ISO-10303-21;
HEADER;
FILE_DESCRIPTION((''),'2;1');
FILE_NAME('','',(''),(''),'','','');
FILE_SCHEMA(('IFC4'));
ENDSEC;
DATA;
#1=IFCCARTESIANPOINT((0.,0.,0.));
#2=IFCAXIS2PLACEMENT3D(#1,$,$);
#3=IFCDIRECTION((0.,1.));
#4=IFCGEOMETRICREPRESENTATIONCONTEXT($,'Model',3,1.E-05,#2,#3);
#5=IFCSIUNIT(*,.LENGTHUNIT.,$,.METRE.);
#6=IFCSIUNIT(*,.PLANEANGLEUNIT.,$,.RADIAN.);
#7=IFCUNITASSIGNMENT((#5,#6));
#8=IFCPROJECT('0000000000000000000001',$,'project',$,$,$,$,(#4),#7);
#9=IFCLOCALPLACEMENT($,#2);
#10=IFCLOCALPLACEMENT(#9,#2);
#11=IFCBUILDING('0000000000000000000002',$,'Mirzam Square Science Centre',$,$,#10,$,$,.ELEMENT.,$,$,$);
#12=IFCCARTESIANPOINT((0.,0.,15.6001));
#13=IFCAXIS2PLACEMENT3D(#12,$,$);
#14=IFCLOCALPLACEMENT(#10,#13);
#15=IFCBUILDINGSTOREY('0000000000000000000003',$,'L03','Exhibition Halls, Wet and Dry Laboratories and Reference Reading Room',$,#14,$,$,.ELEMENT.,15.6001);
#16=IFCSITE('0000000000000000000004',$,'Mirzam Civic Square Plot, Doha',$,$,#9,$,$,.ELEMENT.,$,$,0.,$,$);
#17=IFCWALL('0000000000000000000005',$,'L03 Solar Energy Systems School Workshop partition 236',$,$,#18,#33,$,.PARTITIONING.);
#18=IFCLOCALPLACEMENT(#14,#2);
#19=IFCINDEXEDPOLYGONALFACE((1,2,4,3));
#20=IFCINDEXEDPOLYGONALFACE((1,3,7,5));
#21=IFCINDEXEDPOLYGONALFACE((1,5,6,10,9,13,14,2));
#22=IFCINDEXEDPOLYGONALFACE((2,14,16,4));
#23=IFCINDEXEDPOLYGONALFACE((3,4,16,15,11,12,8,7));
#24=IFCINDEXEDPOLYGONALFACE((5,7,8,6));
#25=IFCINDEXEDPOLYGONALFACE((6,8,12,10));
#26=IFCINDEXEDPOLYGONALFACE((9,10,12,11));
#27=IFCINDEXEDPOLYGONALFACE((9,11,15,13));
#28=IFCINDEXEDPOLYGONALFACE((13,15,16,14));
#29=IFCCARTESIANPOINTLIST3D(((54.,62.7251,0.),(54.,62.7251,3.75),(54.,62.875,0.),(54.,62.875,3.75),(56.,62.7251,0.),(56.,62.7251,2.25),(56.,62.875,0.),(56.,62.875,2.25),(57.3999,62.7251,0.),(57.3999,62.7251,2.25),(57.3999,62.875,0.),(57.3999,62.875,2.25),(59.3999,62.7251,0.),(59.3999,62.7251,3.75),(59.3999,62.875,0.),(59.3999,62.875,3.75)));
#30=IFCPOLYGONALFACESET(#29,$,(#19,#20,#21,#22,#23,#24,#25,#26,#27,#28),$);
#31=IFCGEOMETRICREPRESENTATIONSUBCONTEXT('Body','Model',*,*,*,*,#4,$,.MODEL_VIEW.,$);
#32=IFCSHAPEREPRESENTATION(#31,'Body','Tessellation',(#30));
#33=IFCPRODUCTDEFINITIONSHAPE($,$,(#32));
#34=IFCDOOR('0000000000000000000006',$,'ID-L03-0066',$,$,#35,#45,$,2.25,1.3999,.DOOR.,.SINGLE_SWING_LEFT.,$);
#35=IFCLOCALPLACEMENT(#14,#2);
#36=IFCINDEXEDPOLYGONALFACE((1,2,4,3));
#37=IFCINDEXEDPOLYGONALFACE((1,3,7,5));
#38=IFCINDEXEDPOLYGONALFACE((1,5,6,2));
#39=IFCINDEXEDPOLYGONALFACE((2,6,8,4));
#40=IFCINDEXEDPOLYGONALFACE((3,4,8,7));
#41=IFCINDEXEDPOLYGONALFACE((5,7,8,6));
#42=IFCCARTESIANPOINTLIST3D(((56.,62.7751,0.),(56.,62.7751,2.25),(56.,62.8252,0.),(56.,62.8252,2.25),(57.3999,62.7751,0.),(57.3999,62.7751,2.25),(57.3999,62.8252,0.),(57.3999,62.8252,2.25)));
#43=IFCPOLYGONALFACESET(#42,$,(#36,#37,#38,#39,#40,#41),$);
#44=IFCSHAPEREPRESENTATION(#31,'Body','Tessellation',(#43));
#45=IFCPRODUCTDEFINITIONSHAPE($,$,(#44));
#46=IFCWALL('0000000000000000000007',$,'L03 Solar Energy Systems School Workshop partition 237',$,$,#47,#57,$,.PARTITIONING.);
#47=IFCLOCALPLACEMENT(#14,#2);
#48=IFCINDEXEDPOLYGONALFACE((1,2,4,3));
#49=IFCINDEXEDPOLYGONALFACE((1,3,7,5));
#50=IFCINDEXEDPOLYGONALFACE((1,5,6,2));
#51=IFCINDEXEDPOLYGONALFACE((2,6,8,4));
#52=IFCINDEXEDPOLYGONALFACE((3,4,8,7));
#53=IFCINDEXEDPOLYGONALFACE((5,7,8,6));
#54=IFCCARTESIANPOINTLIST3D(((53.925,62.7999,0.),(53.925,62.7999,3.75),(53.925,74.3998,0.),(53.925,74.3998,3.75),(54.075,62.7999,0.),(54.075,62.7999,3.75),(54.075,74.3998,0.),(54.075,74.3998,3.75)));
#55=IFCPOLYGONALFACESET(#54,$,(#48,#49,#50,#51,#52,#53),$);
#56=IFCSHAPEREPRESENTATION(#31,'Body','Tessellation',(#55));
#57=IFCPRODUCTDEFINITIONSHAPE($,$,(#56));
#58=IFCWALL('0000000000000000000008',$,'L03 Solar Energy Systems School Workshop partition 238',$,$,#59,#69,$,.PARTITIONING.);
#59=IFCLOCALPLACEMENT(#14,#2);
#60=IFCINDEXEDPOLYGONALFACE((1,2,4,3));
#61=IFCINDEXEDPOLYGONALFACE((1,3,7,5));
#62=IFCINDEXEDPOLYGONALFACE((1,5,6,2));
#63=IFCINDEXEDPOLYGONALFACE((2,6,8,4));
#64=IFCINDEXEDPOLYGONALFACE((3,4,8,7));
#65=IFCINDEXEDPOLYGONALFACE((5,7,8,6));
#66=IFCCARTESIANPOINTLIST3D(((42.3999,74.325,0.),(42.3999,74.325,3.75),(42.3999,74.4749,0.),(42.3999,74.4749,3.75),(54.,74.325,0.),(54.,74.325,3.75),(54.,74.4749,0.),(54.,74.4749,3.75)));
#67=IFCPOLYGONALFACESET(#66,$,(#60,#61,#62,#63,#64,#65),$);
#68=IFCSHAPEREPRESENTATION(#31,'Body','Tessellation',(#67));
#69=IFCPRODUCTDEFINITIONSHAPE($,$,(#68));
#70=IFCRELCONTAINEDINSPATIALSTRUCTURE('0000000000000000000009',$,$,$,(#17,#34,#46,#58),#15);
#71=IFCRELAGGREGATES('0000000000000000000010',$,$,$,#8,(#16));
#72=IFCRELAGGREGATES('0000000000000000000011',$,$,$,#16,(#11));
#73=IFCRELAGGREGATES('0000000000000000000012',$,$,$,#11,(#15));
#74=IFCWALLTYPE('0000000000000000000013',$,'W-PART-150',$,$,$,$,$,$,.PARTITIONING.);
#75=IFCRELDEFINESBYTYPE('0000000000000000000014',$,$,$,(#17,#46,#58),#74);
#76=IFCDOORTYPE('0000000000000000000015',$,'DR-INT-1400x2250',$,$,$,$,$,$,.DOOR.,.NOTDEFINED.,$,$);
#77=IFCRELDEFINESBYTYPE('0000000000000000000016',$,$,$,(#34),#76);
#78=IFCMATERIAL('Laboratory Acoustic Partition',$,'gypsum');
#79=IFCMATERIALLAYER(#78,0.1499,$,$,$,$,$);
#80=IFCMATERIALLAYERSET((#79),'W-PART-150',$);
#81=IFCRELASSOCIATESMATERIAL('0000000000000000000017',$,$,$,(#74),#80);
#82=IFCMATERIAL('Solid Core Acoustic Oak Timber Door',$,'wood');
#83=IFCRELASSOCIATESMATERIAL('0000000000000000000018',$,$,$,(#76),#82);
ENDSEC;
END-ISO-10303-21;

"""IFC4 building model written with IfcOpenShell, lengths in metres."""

from ifc_helpers import new_model, si_unit, direction, frame, frame_2d, origin, place, context, subcontext, project, spatial, rectangle, extrude, material, layer, layer_set, type_object, element, fill, save


model = new_model("IFC4")

# Units and contexts
model_context = context("Model", 3, precision=1e-05, world=origin(), true_north=direction((0.0, 1.0)))
body_context = subcontext(model_context, "Body", "Model", "MODEL_VIEW")
ifc_project = project(units=[si_unit("LENGTHUNIT", "METRE"), si_unit("PLANEANGLEUNIT", "RADIAN")], contexts=[model_context])

# Site, building, storey
site_placement = place(None, origin())
site = spatial("IfcSite", under=ifc_project, at=site_placement, Name="Mirzam Civic Square Plot, Doha", CompositionType="ELEMENT", RefElevation=0.0)
building_placement = place(site_placement, origin())
building = spatial("IfcBuilding", under=site, at=building_placement, Name="Mirzam Square Science Centre", CompositionType="ELEMENT")
storey_placement = place(building_placement, frame((0.0, 0.0, 15.6001)))
storey = spatial("IfcBuildingStorey", under=building, at=storey_placement, Name="L03", Description="Exhibition Halls, Wet and Dry Laboratories and Reference Reading Room", CompositionType="ELEMENT", Elevation=15.6001)

# Shared definitions
ifc_material_1 = material(Name="Laboratory Acoustic Partition", Category="gypsum")
ifc_layer_1 = layer(ifc_material_1, 0.1499)
ifc_layer_set_1 = layer_set([ifc_layer_1], Name="W-PART-150")
wall_type = type_object("IfcWallType", Name="W-PART-150", PredefinedType="PARTITIONING", material=ifc_layer_set_1)

# Wall, opening, door
wall_1_placement = place(storey_placement, frame((59.3999, 62.8, 0.0), z_axis=(0.0, 0.0, 1.0), x_axis=(-1.0, 0.0, 0.0)))
wall_1 = element("IfcWall", 1, at=wall_1_placement, inside=storey, type_object=wall_type, Name="L03 Solar Energy Systems School Workshop partition 236", PredefinedType="PARTITIONING", context=body_context, shape_type="SweptSolid", body=[
    extrude(rectangle(XDim=5.3999, YDim=0.1499, at=frame_2d((2.7, 0.0))), origin(), (0.0, 0.0, 1.0), 3.75),
])
opening_placement = place(wall_1_placement, frame((2.0, 0.0, 0.0)))
opening = element("IfcOpeningElement", 2, at=opening_placement, cuts=wall_1, PredefinedType="OPENING", context=body_context, shape_type="SweptSolid", body=[
    extrude(rectangle(XDim=1.3999, YDim=2.25, at=frame_2d((0.7, 1.125))), frame((0.0, 0.085, 0.0), z_axis=(0.0, -1.0, 0.0), x_axis=(1.0, 0.0, 0.0)), (0.0, 0.0, 1.0), 0.1699),
])
ifc_material_2 = material(Name="Solid Core Acoustic Oak Timber Door", Category="wood")
door_type = type_object("IfcDoorType", Name="DR-INT-1400x2250", OperationType="NOTDEFINED", PredefinedType="DOOR", material=ifc_material_2)
door_placement = place(opening_placement, origin())
door = element("IfcDoor", 3, at=door_placement, inside=storey, type_object=door_type, Name="ID-L03-0066", OperationType="SINGLE_SWING_LEFT", OverallHeight=2.25, OverallWidth=1.3999, PredefinedType="DOOR", context=body_context, shape_type="SweptSolid", body=[
    extrude(rectangle(XDim=1.3999, YDim=2.25, at=frame_2d((0.7, 1.125))), frame((0.0, 0.0249, 0.0), z_axis=(0.0, -1.0, 0.0), x_axis=(1.0, 0.0, 0.0)), (0.0, 0.0, 1.0), 0.05),
])
fill(opening, door)

# Walls
wall_2_placement = place(storey_placement, frame((54.0, 62.8, 0.0), z_axis=(0.0, 0.0, 1.0), x_axis=(0.0, 1.0, 0.0)))
element("IfcWall", 4, at=wall_2_placement, inside=storey, type_object=wall_type, Name="L03 Solar Energy Systems School Workshop partition 237", PredefinedType="PARTITIONING", context=body_context, shape_type="SweptSolid", body=[
    extrude(rectangle(XDim=11.5999, YDim=0.1499, at=frame_2d((5.7998, 0.0))), origin(), (0.0, 0.0, 1.0), 3.75),
])
wall_3_placement = place(storey_placement, frame((54.0, 74.3999, 0.0), z_axis=(0.0, 0.0, 1.0), x_axis=(-1.0, 0.0, 0.0)))
element("IfcWall", 5, at=wall_3_placement, inside=storey, type_object=wall_type, Name="L03 Solar Energy Systems School Workshop partition 238", PredefinedType="PARTITIONING", context=body_context, shape_type="SweptSolid", body=[
    extrude(rectangle(XDim=11.6001, YDim=0.1499, at=frame_2d((5.8, 0.0))), origin(), (0.0, 0.0, 1.0), 3.75),
])

save(model, "model.ifc")
